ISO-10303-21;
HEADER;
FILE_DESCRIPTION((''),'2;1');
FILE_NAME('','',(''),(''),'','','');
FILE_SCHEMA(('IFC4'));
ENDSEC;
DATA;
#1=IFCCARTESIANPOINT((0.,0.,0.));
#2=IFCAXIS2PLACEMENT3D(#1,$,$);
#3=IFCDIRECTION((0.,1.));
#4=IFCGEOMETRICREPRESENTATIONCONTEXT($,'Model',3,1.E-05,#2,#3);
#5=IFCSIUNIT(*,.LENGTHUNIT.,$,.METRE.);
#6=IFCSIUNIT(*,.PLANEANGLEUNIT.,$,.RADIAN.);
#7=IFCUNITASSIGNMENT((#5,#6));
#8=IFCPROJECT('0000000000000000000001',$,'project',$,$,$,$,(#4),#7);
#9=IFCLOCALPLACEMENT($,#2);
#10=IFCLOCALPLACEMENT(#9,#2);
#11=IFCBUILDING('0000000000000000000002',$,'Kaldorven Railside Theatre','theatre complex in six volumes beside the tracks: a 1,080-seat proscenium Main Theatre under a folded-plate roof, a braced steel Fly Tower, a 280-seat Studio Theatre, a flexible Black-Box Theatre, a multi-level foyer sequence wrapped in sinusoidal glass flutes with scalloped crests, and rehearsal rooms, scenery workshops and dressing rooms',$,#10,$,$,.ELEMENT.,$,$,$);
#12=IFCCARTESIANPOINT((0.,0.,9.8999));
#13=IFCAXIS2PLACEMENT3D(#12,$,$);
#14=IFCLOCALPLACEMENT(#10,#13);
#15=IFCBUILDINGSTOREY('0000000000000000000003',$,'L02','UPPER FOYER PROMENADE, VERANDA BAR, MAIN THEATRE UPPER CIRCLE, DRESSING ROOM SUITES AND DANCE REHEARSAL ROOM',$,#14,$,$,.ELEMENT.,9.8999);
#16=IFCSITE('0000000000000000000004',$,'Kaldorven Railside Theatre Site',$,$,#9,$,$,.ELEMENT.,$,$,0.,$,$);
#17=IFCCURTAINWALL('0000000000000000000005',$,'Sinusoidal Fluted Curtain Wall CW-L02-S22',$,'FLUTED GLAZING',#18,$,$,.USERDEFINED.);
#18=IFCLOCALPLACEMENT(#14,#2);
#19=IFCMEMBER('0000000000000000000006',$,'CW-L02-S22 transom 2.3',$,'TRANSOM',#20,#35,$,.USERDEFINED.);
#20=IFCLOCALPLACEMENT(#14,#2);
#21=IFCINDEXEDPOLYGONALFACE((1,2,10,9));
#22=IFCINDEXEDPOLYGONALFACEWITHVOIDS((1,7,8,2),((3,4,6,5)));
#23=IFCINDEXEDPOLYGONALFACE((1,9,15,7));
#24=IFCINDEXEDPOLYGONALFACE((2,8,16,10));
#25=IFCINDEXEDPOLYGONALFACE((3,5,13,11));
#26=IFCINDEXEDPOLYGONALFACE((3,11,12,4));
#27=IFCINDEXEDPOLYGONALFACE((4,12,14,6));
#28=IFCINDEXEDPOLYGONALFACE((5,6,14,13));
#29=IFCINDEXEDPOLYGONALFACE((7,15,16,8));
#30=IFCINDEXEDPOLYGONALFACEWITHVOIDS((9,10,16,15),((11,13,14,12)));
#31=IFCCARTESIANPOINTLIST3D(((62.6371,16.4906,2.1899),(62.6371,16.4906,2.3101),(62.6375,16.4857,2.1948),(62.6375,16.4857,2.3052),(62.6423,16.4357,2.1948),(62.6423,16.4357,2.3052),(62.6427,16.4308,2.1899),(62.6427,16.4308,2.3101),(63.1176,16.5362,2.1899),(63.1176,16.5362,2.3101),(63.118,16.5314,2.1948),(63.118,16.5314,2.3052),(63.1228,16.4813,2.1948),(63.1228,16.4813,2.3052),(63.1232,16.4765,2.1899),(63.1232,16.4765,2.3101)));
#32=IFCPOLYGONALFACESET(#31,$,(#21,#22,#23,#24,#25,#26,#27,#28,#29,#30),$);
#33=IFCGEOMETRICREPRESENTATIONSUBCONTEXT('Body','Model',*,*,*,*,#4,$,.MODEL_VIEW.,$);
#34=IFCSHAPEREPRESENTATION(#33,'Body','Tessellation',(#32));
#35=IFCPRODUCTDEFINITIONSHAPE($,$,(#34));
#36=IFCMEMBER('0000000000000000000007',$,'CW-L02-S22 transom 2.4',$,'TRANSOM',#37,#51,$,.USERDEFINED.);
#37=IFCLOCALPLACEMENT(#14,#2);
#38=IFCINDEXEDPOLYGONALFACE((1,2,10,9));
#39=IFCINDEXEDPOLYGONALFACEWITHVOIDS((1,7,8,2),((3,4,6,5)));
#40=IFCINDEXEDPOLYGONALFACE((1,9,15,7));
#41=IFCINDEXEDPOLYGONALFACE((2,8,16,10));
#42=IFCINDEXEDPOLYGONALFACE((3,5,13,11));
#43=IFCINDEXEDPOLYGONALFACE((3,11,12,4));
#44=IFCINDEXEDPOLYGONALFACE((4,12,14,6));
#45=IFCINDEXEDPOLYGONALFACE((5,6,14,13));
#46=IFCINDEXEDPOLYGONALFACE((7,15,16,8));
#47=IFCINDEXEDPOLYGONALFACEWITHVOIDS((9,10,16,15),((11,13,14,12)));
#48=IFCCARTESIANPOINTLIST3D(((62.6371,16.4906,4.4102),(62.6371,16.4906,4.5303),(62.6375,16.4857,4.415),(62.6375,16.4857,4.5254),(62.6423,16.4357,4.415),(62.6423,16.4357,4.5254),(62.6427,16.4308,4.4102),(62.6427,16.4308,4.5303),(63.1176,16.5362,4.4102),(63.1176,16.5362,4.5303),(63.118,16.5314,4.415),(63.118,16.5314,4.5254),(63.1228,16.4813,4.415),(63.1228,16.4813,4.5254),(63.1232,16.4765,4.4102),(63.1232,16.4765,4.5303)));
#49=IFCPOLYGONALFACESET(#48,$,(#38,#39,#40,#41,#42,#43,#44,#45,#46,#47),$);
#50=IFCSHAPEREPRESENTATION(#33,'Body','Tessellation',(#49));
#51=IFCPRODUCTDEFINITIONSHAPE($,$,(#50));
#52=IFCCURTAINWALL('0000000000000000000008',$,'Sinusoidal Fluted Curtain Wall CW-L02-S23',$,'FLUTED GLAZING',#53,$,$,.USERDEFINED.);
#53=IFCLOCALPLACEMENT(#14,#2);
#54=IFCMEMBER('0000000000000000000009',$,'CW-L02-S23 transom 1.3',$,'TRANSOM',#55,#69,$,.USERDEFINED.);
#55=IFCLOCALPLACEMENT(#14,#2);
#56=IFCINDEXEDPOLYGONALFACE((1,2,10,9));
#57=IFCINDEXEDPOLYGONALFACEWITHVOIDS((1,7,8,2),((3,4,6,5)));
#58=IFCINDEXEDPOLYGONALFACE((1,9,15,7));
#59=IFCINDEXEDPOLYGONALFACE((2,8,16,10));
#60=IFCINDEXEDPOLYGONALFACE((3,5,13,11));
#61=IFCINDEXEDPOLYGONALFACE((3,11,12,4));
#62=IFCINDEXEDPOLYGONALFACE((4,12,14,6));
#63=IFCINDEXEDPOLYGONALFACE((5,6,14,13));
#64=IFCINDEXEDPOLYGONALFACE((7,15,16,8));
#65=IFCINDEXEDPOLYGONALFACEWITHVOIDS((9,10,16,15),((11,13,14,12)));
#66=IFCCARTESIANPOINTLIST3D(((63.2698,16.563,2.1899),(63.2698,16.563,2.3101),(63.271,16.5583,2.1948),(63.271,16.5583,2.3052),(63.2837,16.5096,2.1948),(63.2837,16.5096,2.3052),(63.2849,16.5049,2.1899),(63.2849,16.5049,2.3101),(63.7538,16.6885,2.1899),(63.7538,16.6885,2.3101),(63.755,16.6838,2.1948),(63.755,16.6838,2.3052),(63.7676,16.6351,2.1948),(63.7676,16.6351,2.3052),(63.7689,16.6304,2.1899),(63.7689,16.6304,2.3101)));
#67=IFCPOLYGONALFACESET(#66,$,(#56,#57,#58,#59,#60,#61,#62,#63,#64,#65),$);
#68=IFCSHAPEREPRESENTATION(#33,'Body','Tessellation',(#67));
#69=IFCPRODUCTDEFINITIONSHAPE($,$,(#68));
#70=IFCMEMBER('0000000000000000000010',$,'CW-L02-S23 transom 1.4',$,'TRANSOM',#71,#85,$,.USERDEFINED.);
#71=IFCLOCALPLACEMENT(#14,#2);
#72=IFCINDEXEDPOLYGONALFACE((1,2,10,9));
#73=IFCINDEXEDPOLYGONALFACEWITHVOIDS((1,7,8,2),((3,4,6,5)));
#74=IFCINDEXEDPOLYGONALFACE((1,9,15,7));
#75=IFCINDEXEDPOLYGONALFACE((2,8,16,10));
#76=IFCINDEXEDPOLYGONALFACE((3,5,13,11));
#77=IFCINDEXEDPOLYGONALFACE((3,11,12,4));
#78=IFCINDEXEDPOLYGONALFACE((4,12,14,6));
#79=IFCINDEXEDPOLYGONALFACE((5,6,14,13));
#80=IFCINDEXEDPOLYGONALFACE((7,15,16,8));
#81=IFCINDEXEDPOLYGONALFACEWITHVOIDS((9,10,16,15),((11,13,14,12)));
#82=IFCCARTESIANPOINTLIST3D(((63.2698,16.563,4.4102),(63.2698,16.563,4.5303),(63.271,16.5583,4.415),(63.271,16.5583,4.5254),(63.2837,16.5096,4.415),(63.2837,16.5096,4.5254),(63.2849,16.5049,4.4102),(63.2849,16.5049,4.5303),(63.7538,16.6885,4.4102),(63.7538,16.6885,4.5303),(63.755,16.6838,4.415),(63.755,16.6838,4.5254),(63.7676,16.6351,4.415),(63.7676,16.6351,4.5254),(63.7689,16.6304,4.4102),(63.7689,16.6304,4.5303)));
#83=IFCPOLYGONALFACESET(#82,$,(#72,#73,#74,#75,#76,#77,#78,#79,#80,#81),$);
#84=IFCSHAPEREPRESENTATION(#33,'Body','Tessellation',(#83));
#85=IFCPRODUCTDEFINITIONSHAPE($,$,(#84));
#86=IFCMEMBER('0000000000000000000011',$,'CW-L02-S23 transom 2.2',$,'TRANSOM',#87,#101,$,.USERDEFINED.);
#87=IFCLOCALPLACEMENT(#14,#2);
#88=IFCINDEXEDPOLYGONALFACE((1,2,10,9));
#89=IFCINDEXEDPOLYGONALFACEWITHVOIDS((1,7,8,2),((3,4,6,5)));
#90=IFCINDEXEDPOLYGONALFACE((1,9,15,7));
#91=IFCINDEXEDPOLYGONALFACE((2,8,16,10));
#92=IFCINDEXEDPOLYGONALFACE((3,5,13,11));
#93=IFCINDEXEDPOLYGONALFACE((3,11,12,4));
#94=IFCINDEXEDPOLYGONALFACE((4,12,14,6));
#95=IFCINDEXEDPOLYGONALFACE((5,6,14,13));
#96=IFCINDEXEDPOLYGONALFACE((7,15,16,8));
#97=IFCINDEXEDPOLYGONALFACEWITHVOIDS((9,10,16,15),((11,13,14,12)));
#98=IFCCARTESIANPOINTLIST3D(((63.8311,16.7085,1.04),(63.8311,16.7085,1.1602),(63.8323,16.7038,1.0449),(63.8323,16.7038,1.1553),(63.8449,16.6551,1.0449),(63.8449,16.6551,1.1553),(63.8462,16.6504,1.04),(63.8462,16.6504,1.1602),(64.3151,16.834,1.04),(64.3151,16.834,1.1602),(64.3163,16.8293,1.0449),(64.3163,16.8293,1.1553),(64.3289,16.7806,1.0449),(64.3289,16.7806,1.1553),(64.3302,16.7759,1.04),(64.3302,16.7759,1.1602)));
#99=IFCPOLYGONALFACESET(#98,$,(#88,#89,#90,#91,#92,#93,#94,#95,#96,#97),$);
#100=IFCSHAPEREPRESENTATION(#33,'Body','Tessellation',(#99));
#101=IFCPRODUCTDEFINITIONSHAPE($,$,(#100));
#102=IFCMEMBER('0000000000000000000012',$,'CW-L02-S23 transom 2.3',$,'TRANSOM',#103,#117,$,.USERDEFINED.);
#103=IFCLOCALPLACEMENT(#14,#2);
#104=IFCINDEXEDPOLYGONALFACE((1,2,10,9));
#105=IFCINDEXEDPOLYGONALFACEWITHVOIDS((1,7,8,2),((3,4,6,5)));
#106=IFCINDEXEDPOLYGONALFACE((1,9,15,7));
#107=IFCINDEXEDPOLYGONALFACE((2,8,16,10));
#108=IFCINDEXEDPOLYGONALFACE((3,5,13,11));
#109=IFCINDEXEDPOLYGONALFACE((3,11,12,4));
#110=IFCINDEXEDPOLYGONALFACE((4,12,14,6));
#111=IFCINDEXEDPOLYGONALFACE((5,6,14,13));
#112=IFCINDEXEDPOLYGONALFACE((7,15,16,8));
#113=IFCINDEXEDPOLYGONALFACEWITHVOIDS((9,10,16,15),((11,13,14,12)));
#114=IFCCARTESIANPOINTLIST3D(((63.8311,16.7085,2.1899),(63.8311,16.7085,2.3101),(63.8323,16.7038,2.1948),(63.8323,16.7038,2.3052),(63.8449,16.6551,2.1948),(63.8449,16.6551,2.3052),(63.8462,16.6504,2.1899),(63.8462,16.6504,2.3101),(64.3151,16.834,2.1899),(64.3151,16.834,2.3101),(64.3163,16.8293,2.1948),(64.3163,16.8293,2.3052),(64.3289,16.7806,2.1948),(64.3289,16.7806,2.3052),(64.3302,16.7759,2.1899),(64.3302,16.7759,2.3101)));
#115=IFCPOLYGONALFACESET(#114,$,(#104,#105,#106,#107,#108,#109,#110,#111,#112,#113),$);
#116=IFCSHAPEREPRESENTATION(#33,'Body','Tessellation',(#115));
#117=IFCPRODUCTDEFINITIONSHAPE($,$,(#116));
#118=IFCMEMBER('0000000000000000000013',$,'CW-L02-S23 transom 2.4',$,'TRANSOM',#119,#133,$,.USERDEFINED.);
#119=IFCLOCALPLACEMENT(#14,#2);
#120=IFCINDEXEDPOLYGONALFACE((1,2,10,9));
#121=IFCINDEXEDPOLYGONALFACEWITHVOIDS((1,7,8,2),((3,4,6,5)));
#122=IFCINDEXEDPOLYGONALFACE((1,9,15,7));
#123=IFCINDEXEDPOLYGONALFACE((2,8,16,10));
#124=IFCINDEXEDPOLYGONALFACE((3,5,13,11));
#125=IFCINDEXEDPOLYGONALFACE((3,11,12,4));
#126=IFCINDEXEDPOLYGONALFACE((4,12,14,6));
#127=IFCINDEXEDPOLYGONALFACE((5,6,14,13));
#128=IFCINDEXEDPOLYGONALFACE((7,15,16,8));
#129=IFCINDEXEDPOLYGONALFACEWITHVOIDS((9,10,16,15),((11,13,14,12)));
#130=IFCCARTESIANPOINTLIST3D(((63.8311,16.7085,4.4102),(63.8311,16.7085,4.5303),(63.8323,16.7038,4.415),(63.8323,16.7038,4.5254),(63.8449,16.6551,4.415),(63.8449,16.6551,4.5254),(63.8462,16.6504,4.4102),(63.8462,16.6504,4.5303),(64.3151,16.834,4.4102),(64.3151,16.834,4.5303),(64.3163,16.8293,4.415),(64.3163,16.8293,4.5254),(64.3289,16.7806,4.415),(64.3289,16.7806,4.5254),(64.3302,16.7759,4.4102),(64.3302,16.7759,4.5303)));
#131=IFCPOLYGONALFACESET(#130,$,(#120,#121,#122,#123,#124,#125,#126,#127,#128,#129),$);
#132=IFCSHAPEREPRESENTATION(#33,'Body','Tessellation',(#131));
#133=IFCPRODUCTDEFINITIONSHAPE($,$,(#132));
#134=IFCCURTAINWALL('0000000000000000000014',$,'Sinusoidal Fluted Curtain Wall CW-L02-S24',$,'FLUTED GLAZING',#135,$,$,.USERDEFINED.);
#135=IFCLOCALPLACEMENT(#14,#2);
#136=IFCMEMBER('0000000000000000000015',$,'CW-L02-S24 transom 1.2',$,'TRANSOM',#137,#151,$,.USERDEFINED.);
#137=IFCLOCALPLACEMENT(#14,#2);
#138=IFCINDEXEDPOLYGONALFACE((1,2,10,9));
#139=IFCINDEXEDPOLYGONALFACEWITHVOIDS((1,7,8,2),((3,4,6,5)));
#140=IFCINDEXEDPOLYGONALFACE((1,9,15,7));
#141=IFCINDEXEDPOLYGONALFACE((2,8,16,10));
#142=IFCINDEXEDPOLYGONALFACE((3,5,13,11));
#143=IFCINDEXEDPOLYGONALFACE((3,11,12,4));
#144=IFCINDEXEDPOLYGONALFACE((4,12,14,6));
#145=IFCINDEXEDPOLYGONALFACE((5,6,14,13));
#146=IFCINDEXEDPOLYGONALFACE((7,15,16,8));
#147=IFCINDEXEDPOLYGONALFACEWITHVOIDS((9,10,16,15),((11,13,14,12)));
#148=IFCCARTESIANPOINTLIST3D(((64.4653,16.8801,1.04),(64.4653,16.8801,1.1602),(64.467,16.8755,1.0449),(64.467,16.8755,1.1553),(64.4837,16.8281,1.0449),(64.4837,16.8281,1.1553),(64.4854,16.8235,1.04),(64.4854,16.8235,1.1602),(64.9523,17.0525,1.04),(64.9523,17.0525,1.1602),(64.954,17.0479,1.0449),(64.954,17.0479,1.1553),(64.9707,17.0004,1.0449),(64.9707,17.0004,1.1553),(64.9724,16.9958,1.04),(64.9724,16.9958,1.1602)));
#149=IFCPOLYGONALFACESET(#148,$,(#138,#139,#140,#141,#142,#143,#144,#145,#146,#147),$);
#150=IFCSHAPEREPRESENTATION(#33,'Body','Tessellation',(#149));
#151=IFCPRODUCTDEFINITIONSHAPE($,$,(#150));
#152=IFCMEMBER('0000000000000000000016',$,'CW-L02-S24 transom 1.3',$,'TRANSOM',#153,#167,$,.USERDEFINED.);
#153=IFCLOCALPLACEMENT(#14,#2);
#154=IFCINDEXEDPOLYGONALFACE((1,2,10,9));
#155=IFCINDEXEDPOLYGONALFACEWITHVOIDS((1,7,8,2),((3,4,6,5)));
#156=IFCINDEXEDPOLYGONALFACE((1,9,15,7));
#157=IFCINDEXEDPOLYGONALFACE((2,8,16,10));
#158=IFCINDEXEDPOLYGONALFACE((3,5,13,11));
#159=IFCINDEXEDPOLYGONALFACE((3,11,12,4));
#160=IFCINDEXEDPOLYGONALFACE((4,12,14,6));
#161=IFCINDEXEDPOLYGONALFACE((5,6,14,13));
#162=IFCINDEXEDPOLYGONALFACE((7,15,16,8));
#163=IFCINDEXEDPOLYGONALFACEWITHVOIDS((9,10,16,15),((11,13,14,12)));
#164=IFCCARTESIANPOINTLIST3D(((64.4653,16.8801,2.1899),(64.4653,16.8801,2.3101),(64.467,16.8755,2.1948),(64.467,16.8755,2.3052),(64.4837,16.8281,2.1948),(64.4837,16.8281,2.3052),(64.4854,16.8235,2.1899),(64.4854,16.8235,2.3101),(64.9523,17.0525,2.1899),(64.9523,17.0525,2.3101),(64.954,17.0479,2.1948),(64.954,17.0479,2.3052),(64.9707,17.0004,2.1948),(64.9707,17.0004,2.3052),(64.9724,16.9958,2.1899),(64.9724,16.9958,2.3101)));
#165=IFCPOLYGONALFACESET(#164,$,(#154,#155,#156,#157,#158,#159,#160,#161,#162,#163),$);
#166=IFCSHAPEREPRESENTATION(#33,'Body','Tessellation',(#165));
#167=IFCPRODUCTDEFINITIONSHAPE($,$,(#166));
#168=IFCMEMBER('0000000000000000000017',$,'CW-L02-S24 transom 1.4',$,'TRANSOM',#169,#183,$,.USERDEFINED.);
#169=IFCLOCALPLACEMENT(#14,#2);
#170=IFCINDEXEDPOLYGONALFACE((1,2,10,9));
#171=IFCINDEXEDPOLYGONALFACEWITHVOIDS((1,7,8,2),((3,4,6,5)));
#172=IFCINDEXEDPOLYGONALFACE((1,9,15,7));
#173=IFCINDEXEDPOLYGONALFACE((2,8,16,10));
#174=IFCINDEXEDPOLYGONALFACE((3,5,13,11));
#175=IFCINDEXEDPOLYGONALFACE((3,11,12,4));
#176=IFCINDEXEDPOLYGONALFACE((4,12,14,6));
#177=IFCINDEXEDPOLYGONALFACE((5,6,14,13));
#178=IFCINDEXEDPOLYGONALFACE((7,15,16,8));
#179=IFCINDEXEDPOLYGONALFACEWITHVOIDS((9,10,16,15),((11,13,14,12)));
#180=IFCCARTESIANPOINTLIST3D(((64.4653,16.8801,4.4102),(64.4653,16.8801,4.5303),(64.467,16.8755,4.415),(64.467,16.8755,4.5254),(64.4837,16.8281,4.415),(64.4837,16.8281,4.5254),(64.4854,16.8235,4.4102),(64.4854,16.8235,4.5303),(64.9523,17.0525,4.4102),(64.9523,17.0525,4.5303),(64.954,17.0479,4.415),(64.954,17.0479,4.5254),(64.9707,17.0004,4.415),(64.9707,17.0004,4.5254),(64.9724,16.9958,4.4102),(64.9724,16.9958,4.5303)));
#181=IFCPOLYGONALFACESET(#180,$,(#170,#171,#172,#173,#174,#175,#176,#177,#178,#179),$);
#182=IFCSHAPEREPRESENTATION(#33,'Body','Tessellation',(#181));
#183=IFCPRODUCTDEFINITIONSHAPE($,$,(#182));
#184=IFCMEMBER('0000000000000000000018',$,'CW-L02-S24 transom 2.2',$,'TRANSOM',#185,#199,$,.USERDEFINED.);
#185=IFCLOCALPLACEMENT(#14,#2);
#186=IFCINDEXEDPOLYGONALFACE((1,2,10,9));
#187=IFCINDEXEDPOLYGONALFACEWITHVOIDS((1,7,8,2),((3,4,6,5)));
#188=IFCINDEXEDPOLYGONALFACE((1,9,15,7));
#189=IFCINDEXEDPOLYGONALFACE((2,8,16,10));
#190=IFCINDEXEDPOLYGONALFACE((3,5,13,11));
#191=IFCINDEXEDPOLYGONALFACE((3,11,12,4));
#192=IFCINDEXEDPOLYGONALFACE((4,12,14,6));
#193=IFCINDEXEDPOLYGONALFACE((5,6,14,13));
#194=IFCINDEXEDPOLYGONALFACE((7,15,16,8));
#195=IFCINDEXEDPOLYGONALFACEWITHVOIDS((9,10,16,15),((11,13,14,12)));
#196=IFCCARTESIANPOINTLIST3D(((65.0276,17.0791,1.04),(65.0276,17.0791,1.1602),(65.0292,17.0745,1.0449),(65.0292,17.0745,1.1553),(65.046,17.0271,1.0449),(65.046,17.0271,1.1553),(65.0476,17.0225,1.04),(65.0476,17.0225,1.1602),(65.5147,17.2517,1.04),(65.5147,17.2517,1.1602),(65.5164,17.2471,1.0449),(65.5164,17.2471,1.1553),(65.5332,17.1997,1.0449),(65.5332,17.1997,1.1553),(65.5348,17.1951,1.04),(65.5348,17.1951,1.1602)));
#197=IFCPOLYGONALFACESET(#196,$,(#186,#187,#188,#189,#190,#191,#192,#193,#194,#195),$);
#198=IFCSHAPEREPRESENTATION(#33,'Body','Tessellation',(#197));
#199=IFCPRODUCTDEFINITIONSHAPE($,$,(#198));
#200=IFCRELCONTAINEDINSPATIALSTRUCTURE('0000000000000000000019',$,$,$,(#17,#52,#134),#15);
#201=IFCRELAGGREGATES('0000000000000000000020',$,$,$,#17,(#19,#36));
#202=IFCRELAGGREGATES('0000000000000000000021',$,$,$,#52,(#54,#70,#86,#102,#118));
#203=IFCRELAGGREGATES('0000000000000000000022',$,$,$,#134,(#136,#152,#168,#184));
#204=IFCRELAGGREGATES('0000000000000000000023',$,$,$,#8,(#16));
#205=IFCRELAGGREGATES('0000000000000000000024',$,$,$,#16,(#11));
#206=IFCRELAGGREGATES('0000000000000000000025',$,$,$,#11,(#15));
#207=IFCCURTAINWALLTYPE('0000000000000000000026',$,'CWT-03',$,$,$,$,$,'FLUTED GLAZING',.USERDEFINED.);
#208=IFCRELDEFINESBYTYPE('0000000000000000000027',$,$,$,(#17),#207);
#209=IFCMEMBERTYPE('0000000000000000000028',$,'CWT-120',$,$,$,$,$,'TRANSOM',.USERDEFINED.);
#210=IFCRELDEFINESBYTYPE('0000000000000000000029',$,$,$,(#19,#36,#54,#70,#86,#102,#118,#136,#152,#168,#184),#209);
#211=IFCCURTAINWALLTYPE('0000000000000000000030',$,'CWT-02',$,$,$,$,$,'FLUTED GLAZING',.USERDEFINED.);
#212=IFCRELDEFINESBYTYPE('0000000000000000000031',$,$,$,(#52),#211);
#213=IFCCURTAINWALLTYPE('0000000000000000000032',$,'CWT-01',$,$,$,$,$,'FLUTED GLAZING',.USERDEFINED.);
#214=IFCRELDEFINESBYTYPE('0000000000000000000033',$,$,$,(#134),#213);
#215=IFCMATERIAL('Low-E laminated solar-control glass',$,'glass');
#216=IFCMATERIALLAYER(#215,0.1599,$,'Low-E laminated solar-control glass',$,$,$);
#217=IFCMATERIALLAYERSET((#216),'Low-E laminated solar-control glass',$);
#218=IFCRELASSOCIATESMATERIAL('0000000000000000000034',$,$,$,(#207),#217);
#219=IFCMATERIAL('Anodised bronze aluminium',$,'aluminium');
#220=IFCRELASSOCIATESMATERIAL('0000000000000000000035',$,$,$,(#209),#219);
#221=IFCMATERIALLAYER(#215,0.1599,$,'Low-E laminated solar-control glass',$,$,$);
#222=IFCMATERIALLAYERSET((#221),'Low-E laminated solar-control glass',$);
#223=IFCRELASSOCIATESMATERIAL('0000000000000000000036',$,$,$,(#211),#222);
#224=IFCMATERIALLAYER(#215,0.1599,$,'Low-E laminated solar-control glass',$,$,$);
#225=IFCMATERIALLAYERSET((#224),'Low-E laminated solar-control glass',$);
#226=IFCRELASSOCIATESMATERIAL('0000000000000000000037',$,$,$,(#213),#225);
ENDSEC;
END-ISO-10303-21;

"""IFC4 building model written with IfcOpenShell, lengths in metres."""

from ifc_helpers import new_model, si_unit, direction, frame, origin, origin_2d, place, context, subcontext, project, spatial, hollow_rectangle, extrude, material, layer, layer_set, material_profile, profile_set, type_object, element, aggregate, save


model = new_model("IFC4")

# Units and contexts
model_context = context("Model", 3, precision=1e-05, world=origin(), true_north=direction((0.0, 1.0)))
body_context = subcontext(model_context, "Body", "Model", "MODEL_VIEW")
ifc_project = project(units=[si_unit("LENGTHUNIT", "METRE"), si_unit("PLANEANGLEUNIT", "RADIAN")], contexts=[model_context])

# Site, building, storey
site_placement = place(None, origin())
site = spatial("IfcSite", under=ifc_project, at=site_placement, Name="Kaldorven Railside Theatre Site", CompositionType="ELEMENT", RefElevation=0.0)
building_placement = place(site_placement, origin())
building = spatial("IfcBuilding", under=site, at=building_placement, Name="Kaldorven Railside Theatre", Description="theatre complex in six volumes beside the tracks: a 1,080-seat proscenium Main Theatre under a folded-plate roof, a braced steel Fly Tower, a 280-seat Studio Theatre, a flexible Black-Box Theatre, a multi-level foyer sequence wrapped in sinusoidal glass flutes with scalloped crests, and rehearsal rooms, scenery workshops and dressing rooms", CompositionType="ELEMENT")
storey_placement = place(building_placement, frame((0.0, 0.0, 9.8999)))
storey = spatial("IfcBuildingStorey", under=building, at=storey_placement, Name="L02", Description="UPPER FOYER PROMENADE, VERANDA BAR, MAIN THEATRE UPPER CIRCLE, DRESSING ROOM SUITES AND DANCE REHEARSAL ROOM", CompositionType="ELEMENT", Elevation=9.8999)

# Curtain walls, members
ifc_material_1 = material(Name="Low-E laminated solar-control glass", Category="glass")
ifc_layer_1 = layer(ifc_material_1, 0.1599, Name="Low-E laminated solar-control glass")
ifc_layer_set_1 = layer_set([ifc_layer_1], Name="Low-E laminated solar-control glass")
curtain_wall_type_1 = type_object("IfcCurtainWallType", Name="CWT-03", ElementType="FLUTED GLAZING", PredefinedType="USERDEFINED", material=ifc_layer_set_1)
curtain_wall_1_placement = place(storey_placement, origin())
curtain_wall_1 = element("IfcCurtainWall", 1, at=curtain_wall_1_placement, inside=storey, type_object=curtain_wall_type_1, Name="Sinusoidal Fluted Curtain Wall CW-L02-S22", ObjectType="FLUTED GLAZING", PredefinedType="USERDEFINED")
ifc_material_2 = material(Name="Anodised bronze aluminium", Category="aluminium")
ifc_material_profile = material_profile(ifc_material_2, hollow_rectangle(XDim=0.0601, YDim=0.1201, WallThickness=0.0049, at=origin_2d()), Name="RHS 120x60x5")
ifc_profile_set = profile_set([ifc_material_profile], Name="Anodised bronze aluminium")
member_type = type_object("IfcMemberType", Name="CWT-120", ElementType="TRANSOM", PredefinedType="USERDEFINED", material=ifc_profile_set)
member_1_placement = place(storey_placement, frame((62.6399, 16.4607, 2.25), z_axis=(0.995516, 0.094594, 0.0), x_axis=(-0.094594, 0.995516, 0.0)))
member_1 = element("IfcMember", 2, at=member_1_placement, type_object=member_type, Name="CW-L02-S22 transom 2.3", ObjectType="TRANSOM", PredefinedType="USERDEFINED", context=body_context, shape_type="SweptSolid", body=[
    extrude(hollow_rectangle(XDim=0.0601, YDim=0.1201, WallThickness=0.0049, at=origin_2d()), origin(), (0.0, 0.0, 1.0), 0.4827),
])
member_2_placement = place(storey_placement, frame((62.6399, 16.4607, 4.4702), z_axis=(0.995516, 0.094594, 0.0), x_axis=(-0.094594, 0.995516, 0.0)))
member_2 = element("IfcMember", 3, at=member_2_placement, type_object=member_type, Name="CW-L02-S22 transom 2.4", ObjectType="TRANSOM", PredefinedType="USERDEFINED", context=body_context, shape_type="SweptSolid", body=[
    extrude(hollow_rectangle(XDim=0.0601, YDim=0.1201, WallThickness=0.0049, at=origin_2d()), origin(), (0.0, 0.0, 1.0), 0.4827),
])
ifc_layer_2 = layer(ifc_material_1, 0.1599, Name="Low-E laminated solar-control glass")
ifc_layer_set_2 = layer_set([ifc_layer_2], Name="Low-E laminated solar-control glass")
curtain_wall_type_2 = type_object("IfcCurtainWallType", Name="CWT-02", ElementType="FLUTED GLAZING", PredefinedType="USERDEFINED", material=ifc_layer_set_2)
curtain_wall_2_placement = place(storey_placement, origin())
curtain_wall_2 = element("IfcCurtainWall", 4, at=curtain_wall_2_placement, inside=storey, type_object=curtain_wall_type_2, Name="Sinusoidal Fluted Curtain Wall CW-L02-S23", ObjectType="FLUTED GLAZING", PredefinedType="USERDEFINED")
member_3_placement = place(storey_placement, frame((63.2773, 16.5339, 2.25), z_axis=(0.967979, 0.25103, 0.0), x_axis=(-0.25103, 0.967979, 0.0)))
member_3 = element("IfcMember", 5, at=member_3_placement, type_object=member_type, Name="CW-L02-S23 transom 1.3", ObjectType="TRANSOM", PredefinedType="USERDEFINED", context=body_context, shape_type="SweptSolid", body=[
    extrude(hollow_rectangle(XDim=0.0601, YDim=0.1201, WallThickness=0.0049, at=origin_2d()), origin(), (0.0, 0.0, 1.0), 0.5),
])
member_4_placement = place(storey_placement, frame((63.2773, 16.5339, 4.4702), z_axis=(0.967979, 0.25103, 0.0), x_axis=(-0.25103, 0.967979, 0.0)))
member_4 = element("IfcMember", 6, at=member_4_placement, type_object=member_type, Name="CW-L02-S23 transom 1.4", ObjectType="TRANSOM", PredefinedType="USERDEFINED", context=body_context, shape_type="SweptSolid", body=[
    extrude(hollow_rectangle(XDim=0.0601, YDim=0.1201, WallThickness=0.0049, at=origin_2d()), origin(), (0.0, 0.0, 1.0), 0.5),
])
member_5_placement = place(storey_placement, frame((63.8386, 16.6794, 1.1001), z_axis=(0.967979, 0.25103, 0.0), x_axis=(-0.25103, 0.967979, 0.0)))
member_5 = element("IfcMember", 7, at=member_5_placement, type_object=member_type, Name="CW-L02-S23 transom 2.2", ObjectType="TRANSOM", PredefinedType="USERDEFINED", context=body_context, shape_type="SweptSolid", body=[
    extrude(hollow_rectangle(XDim=0.0601, YDim=0.1201, WallThickness=0.0049, at=origin_2d()), origin(), (0.0, 0.0, 1.0), 0.5),
])
member_6_placement = place(storey_placement, frame((63.8386, 16.6794, 2.25), z_axis=(0.967979, 0.25103, 0.0), x_axis=(-0.25103, 0.967979, 0.0)))
member_6 = element("IfcMember", 8, at=member_6_placement, type_object=member_type, Name="CW-L02-S23 transom 2.3", ObjectType="TRANSOM", PredefinedType="USERDEFINED", context=body_context, shape_type="SweptSolid", body=[
    extrude(hollow_rectangle(XDim=0.0601, YDim=0.1201, WallThickness=0.0049, at=origin_2d()), origin(), (0.0, 0.0, 1.0), 0.5),
])
member_7_placement = place(storey_placement, frame((63.8386, 16.6794, 4.4702), z_axis=(0.967979, 0.25103, 0.0), x_axis=(-0.25103, 0.967979, 0.0)))
member_7 = element("IfcMember", 9, at=member_7_placement, type_object=member_type, Name="CW-L02-S23 transom 2.4", ObjectType="TRANSOM", PredefinedType="USERDEFINED", context=body_context, shape_type="SweptSolid", body=[
    extrude(hollow_rectangle(XDim=0.0601, YDim=0.1201, WallThickness=0.0049, at=origin_2d()), origin(), (0.0, 0.0, 1.0), 0.5),
])
ifc_layer_3 = layer(ifc_material_1, 0.1599, Name="Low-E laminated solar-control glass")
ifc_layer_set_3 = layer_set([ifc_layer_3], Name="Low-E laminated solar-control glass")
curtain_wall_type_3 = type_object("IfcCurtainWallType", Name="CWT-01", ElementType="FLUTED GLAZING", PredefinedType="USERDEFINED", material=ifc_layer_set_3)
curtain_wall_3_placement = place(storey_placement, origin())
curtain_wall_3 = element("IfcCurtainWall", 10, at=curtain_wall_3_placement, inside=storey, type_object=curtain_wall_type_3, Name="Sinusoidal Fluted Curtain Wall CW-L02-S24", ObjectType="FLUTED GLAZING", PredefinedType="USERDEFINED")
member_8_placement = place(storey_placement, frame((64.4753, 16.8518, 1.1001), z_axis=(0.942711, 0.333611, 0.0), x_axis=(-0.333611, 0.942711, 0.0)))
member_8 = element("IfcMember", 11, at=member_8_placement, type_object=member_type, Name="CW-L02-S24 transom 1.2", ObjectType="TRANSOM", PredefinedType="USERDEFINED", context=body_context, shape_type="SweptSolid", body=[
    extrude(hollow_rectangle(XDim=0.0601, YDim=0.1201, WallThickness=0.0049, at=origin_2d()), origin(), (0.0, 0.0, 1.0), 0.5166),
])
member_9_placement = place(storey_placement, frame((64.4753, 16.8518, 2.25), z_axis=(0.942711, 0.333611, 0.0), x_axis=(-0.333611, 0.942711, 0.0)))
member_9 = element("IfcMember", 12, at=member_9_placement, type_object=member_type, Name="CW-L02-S24 transom 1.3", ObjectType="TRANSOM", PredefinedType="USERDEFINED", context=body_context, shape_type="SweptSolid", body=[
    extrude(hollow_rectangle(XDim=0.0601, YDim=0.1201, WallThickness=0.0049, at=origin_2d()), origin(), (0.0, 0.0, 1.0), 0.5166),
])
member_10_placement = place(storey_placement, frame((64.4753, 16.8518, 4.4702), z_axis=(0.942711, 0.333611, 0.0), x_axis=(-0.333611, 0.942711, 0.0)))
member_10 = element("IfcMember", 13, at=member_10_placement, type_object=member_type, Name="CW-L02-S24 transom 1.4", ObjectType="TRANSOM", PredefinedType="USERDEFINED", context=body_context, shape_type="SweptSolid", body=[
    extrude(hollow_rectangle(XDim=0.0601, YDim=0.1201, WallThickness=0.0049, at=origin_2d()), origin(), (0.0, 0.0, 1.0), 0.5166),
])
member_11_placement = place(storey_placement, frame((65.0376, 17.0508, 1.1001), z_axis=(0.942562, 0.334031, 0.0), x_axis=(-0.334031, 0.942562, 0.0)))
member_11 = element("IfcMember", 14, at=member_11_placement, type_object=member_type, Name="CW-L02-S24 transom 2.2", ObjectType="TRANSOM", PredefinedType="USERDEFINED", context=body_context, shape_type="SweptSolid", body=[
    extrude(hollow_rectangle(XDim=0.0601, YDim=0.1201, WallThickness=0.0049, at=origin_2d()), origin(), (0.0, 0.0, 1.0), 0.5168),
])

aggregate(curtain_wall_1, [member_1, member_2])
aggregate(curtain_wall_2, [member_3, member_4, member_5, member_6, member_7])
aggregate(curtain_wall_3, [member_8, member_9, member_10, member_11])

save(model, "model.ifc")
